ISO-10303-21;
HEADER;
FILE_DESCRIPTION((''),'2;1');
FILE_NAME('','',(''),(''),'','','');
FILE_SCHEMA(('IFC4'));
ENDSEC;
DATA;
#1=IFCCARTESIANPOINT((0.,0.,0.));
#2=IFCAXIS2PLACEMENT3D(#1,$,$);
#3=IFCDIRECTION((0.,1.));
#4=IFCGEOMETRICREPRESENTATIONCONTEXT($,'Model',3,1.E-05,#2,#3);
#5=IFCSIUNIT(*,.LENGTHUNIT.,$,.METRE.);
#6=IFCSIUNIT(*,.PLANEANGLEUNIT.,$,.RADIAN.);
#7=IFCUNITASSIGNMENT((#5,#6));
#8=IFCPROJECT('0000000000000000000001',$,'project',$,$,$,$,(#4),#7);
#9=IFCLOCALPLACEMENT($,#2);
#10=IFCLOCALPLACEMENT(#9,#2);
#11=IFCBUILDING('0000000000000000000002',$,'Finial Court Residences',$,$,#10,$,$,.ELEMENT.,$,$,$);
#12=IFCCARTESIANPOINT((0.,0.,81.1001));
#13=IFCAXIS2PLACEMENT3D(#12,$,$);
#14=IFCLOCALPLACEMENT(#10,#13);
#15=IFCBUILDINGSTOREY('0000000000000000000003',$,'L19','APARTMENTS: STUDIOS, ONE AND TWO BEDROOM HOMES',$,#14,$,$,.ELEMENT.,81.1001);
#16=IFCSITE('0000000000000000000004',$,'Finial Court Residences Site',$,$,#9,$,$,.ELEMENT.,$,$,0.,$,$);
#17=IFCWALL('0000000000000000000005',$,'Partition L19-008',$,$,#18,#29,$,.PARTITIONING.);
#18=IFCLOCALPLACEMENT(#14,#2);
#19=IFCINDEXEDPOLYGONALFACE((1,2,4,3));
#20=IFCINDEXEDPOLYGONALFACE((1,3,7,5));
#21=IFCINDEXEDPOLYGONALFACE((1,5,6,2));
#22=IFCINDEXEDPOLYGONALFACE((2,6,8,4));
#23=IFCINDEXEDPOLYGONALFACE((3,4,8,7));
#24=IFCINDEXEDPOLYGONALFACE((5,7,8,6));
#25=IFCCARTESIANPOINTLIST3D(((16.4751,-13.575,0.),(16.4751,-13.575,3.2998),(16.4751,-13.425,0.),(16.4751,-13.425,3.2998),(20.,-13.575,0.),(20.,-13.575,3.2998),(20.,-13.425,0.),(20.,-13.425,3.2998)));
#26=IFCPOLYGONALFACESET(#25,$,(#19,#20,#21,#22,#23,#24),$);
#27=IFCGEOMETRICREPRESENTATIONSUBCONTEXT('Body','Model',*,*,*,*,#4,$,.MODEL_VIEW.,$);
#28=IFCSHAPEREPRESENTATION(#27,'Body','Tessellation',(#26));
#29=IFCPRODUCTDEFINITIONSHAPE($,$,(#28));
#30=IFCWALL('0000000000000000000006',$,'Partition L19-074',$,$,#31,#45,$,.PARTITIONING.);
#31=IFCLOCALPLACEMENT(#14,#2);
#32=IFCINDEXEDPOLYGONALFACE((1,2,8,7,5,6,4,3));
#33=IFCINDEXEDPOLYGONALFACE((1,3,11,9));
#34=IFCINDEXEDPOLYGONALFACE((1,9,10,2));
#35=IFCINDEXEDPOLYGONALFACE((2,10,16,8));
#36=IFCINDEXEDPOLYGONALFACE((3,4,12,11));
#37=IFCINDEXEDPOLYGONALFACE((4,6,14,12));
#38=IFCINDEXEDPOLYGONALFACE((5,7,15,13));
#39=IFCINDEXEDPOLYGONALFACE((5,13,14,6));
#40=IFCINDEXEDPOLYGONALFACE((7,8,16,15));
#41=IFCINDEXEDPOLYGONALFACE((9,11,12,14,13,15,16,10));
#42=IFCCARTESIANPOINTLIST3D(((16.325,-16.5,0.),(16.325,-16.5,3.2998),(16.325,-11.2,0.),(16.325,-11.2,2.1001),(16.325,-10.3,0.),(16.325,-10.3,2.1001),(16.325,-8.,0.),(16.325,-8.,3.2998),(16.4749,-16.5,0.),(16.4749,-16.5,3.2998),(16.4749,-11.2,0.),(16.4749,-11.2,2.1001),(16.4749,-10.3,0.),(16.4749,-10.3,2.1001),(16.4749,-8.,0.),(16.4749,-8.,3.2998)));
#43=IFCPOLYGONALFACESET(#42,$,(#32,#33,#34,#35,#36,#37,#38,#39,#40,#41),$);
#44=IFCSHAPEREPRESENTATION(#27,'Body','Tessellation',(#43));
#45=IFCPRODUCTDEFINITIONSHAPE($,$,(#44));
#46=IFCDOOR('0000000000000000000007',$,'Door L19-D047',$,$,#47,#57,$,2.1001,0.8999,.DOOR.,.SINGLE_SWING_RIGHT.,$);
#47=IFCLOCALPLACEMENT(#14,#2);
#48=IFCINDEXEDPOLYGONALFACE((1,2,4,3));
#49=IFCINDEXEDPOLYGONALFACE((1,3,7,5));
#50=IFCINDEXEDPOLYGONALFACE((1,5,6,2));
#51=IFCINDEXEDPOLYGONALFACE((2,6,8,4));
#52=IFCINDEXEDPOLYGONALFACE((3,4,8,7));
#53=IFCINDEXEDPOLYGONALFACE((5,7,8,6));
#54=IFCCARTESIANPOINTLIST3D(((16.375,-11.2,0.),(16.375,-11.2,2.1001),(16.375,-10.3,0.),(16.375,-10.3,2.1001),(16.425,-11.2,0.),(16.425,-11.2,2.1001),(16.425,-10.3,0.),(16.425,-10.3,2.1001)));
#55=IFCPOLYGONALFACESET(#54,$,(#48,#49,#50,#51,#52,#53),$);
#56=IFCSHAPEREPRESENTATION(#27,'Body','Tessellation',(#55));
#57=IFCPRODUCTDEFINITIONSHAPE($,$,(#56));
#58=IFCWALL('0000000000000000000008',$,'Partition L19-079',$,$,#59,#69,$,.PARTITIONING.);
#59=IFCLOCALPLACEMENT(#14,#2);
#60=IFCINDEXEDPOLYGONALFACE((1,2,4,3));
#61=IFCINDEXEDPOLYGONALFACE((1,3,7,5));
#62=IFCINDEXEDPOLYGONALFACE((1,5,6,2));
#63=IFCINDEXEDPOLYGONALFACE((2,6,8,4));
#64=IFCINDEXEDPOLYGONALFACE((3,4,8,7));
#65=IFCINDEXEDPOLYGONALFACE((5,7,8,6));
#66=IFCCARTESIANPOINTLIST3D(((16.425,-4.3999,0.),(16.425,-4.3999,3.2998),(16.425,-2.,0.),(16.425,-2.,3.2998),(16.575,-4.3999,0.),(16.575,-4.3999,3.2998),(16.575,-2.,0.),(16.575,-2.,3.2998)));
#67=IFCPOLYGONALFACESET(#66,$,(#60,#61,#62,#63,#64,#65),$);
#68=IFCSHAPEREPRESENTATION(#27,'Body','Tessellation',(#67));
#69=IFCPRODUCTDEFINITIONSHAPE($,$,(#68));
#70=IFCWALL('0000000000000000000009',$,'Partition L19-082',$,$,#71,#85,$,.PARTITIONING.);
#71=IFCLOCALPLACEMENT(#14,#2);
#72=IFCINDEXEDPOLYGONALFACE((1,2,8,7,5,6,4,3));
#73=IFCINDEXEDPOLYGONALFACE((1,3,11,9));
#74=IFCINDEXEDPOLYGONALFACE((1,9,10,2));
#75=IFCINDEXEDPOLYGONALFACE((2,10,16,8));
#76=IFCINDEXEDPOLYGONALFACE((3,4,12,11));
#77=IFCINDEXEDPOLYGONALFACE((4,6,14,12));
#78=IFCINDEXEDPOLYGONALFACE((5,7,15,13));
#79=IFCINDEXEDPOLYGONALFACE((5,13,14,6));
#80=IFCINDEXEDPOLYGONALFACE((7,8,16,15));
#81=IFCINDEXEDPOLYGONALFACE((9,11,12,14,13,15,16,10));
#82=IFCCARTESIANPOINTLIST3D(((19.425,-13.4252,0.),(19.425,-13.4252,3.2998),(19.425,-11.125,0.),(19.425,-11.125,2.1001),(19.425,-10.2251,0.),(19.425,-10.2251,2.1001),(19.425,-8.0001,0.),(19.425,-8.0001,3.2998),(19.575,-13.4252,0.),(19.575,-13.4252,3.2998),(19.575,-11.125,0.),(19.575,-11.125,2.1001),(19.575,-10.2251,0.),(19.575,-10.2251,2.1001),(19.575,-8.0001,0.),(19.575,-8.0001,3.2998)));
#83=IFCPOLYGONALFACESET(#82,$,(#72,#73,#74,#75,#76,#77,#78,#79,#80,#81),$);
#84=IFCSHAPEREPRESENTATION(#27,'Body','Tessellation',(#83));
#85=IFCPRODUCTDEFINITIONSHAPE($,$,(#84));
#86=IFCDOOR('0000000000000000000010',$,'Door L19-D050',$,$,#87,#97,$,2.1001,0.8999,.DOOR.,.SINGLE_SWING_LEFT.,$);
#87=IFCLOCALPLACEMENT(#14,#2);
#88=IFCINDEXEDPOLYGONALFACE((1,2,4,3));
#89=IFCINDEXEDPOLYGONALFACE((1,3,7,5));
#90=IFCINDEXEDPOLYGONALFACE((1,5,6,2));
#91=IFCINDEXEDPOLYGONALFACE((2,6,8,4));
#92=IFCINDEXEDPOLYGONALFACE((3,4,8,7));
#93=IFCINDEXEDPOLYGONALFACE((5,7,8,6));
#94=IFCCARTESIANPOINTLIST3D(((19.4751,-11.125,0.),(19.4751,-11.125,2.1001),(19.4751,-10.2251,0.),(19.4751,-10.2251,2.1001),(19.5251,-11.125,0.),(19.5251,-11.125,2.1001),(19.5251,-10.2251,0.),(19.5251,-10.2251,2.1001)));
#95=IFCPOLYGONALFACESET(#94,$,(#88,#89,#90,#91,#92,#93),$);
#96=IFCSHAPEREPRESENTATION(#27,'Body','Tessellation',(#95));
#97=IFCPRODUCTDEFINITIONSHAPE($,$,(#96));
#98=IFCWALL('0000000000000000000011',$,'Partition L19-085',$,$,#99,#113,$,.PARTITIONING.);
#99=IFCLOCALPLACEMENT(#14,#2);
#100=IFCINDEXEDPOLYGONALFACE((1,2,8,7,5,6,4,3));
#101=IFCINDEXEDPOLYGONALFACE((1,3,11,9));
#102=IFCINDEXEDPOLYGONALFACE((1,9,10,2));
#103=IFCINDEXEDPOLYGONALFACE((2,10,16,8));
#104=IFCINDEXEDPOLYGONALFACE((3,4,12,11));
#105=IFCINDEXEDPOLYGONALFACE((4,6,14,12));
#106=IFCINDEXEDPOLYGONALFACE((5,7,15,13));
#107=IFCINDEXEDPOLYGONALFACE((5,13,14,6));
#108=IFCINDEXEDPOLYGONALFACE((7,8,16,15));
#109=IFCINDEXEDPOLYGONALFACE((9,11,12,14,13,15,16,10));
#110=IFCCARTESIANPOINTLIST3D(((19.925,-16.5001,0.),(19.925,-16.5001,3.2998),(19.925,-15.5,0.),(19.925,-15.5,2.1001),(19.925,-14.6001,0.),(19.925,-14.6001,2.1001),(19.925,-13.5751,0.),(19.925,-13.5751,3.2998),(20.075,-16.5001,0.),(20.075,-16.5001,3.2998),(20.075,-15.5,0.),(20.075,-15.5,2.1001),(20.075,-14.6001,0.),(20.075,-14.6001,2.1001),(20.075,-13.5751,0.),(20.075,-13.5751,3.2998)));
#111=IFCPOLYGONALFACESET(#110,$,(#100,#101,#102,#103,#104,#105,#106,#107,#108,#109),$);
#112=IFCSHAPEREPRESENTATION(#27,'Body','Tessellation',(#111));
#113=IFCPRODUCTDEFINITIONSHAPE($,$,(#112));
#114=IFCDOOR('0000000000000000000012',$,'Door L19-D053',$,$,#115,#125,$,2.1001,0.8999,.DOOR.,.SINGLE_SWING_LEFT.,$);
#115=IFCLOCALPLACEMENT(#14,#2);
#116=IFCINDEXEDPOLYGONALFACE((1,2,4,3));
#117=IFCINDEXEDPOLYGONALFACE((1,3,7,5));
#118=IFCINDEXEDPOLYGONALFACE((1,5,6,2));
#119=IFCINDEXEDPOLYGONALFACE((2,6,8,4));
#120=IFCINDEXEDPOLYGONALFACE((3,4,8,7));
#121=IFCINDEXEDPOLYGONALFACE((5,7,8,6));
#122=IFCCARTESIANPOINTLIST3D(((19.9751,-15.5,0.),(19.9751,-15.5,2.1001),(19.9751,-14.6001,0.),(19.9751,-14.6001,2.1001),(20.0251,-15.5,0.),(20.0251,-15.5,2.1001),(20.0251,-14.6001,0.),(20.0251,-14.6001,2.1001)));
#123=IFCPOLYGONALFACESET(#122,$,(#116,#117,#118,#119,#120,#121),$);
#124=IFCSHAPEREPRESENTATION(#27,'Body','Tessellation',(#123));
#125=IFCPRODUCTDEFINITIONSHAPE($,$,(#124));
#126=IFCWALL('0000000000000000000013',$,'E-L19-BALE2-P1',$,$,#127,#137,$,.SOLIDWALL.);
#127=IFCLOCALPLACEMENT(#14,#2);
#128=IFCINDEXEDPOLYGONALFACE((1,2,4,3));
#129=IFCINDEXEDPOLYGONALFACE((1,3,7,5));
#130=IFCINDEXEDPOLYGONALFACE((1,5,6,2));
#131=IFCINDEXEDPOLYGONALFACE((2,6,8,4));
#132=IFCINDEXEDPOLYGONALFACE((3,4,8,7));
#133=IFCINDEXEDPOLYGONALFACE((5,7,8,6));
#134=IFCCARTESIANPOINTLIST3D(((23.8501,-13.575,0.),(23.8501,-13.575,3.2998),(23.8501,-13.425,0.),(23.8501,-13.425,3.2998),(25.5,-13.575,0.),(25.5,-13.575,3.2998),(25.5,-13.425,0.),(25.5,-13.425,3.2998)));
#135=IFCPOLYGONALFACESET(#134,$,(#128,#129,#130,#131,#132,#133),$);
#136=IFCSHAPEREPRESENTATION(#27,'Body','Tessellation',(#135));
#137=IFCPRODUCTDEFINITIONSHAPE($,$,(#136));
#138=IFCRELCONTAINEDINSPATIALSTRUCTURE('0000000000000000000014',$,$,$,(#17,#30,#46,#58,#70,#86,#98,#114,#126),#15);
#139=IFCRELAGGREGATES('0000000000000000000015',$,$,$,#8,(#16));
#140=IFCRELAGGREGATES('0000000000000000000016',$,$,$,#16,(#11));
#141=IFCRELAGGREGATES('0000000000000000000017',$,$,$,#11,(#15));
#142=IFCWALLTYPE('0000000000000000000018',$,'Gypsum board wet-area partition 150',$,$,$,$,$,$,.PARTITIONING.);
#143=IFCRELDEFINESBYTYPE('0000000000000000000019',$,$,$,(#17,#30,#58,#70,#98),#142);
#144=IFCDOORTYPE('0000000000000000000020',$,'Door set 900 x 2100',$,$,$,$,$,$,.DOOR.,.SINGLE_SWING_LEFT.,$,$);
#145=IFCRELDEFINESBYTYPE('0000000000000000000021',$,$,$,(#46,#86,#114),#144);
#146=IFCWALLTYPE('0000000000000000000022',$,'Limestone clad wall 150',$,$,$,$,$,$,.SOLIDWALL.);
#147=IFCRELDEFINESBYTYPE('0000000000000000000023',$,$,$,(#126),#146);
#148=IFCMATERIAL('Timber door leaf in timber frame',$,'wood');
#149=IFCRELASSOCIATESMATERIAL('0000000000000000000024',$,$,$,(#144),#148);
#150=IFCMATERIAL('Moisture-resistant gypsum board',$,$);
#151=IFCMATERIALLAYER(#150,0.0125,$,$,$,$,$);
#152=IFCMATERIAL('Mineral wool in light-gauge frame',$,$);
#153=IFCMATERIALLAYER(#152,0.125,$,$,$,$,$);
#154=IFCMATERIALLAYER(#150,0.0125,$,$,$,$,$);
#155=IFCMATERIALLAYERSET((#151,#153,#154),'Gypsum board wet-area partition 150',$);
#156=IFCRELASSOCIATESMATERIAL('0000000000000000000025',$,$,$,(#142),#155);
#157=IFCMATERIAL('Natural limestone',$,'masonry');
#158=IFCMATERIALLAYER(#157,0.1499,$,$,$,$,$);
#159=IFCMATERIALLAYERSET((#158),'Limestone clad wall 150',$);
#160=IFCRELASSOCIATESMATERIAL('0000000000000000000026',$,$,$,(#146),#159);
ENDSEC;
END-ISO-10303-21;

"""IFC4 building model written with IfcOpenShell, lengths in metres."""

from ifc_helpers import new_model, si_unit, direction, frame, frame_2d, origin, place, context, subcontext, project, spatial, rectangle, extrude, material, layer, layer_set, type_object, element, fill, save


model = new_model("IFC4")

# Units and contexts
model_context = context("Model", 3, precision=1e-05, world=origin(), true_north=direction((0.0, 1.0)))
body_context = subcontext(model_context, "Body", "Model", "MODEL_VIEW")
ifc_project = project(units=[si_unit("LENGTHUNIT", "METRE"), si_unit("PLANEANGLEUNIT", "RADIAN")], contexts=[model_context])

# Site, building, storey
site_placement = place(None, origin())
site = spatial("IfcSite", under=ifc_project, at=site_placement, Name="Finial Court Residences Site", CompositionType="ELEMENT", RefElevation=0.0)
building_placement = place(site_placement, origin())
building = spatial("IfcBuilding", under=site, at=building_placement, Name="Finial Court Residences", CompositionType="ELEMENT")
storey_placement = place(building_placement, frame((0.0, 0.0, 81.1001)))
storey = spatial("IfcBuildingStorey", under=building, at=storey_placement, Name="L19", Description="APARTMENTS: STUDIOS, ONE AND TWO BEDROOM HOMES", CompositionType="ELEMENT", Elevation=81.1001)

# Shared definitions
ifc_material_1 = material(Name="Mineral wool in light-gauge frame")
ifc_material_2 = material(Name="Timber door leaf in timber frame", Category="wood")
door_type_1 = type_object("IfcDoorType", Name="Door set 900 x 2100", OperationType="SINGLE_SWING_LEFT", PredefinedType="DOOR", material=ifc_material_2)

# Wall
ifc_material_3 = material(Name="Moisture-resistant gypsum board")
ifc_layer_1 = layer(ifc_material_3, 0.0125)
ifc_layer_2 = layer(ifc_material_1, 0.125)
ifc_layer_3 = layer(ifc_material_3, 0.0125)
ifc_layer_set_1 = layer_set([ifc_layer_1, ifc_layer_2, ifc_layer_3], Name="Gypsum board wet-area partition 150")
wall_type_1 = type_object("IfcWallType", Name="Gypsum board wet-area partition 150", PredefinedType="PARTITIONING", material=ifc_layer_set_1)
wall_1_placement = place(storey_placement, frame((16.4751, -13.5, 0.0), z_axis=(0.0, 0.0, 1.0), x_axis=(1.0, 0.0, 0.0)))
element("IfcWall", 1, at=wall_1_placement, inside=storey, type_object=wall_type_1, Name="Partition L19-008", PredefinedType="PARTITIONING", context=body_context, shape_type="SweptSolid", body=[
    extrude(rectangle(XDim=3.5249, YDim=0.1499, at=frame_2d((1.7625, 0.0))), origin(), (0.0, 0.0, 1.0), 3.2998),
])

# Wall, opening, door
wall_2_placement = place(storey_placement, frame((16.3999, -16.5, 0.0), z_axis=(0.0, 0.0, 1.0), x_axis=(0.0, 1.0, 0.0)))
wall_2 = element("IfcWall", 2, at=wall_2_placement, inside=storey, type_object=wall_type_1, Name="Partition L19-074", PredefinedType="PARTITIONING", context=body_context, shape_type="SweptSolid", body=[
    extrude(rectangle(XDim=8.5, YDim=0.1499, at=frame_2d((4.25, 0.0))), origin(), (0.0, 0.0, 1.0), 3.2998),
])
opening_1_placement = place(wall_2_placement, frame((5.3, 0.0, 0.0)))
opening_1 = element("IfcOpeningElement", 3, at=opening_1_placement, cuts=wall_2, PredefinedType="OPENING", context=body_context, shape_type="SweptSolid", body=[
    extrude(rectangle(XDim=0.8999, YDim=2.1001, at=frame_2d((0.45, 1.05))), frame((0.0, 0.085, 0.0), z_axis=(0.0, -1.0, 0.0), x_axis=(1.0, 0.0, 0.0)), (0.0, 0.0, 1.0), 0.1699),
])
door_1_placement = place(opening_1_placement, origin())
door_1 = element("IfcDoor", 4, at=door_1_placement, inside=storey, type_object=door_type_1, Name="Door L19-D047", OperationType="SINGLE_SWING_RIGHT", OverallHeight=2.1001, OverallWidth=0.8999, PredefinedType="DOOR", context=body_context, shape_type="SweptSolid", body=[
    extrude(rectangle(XDim=0.8999, YDim=2.1001, at=frame_2d((0.45, 1.05))), frame((0.0, 0.0249, 0.0), z_axis=(0.0, -1.0, 0.0), x_axis=(1.0, 0.0, 0.0)), (0.0, 0.0, 1.0), 0.05),
])
fill(opening_1, door_1)

# Wall
wall_3_placement = place(storey_placement, frame((16.5, -4.3999, 0.0), z_axis=(0.0, 0.0, 1.0), x_axis=(0.0, 1.0, 0.0)))
element("IfcWall", 5, at=wall_3_placement, inside=storey, type_object=wall_type_1, Name="Partition L19-079", PredefinedType="PARTITIONING", context=body_context, shape_type="SweptSolid", body=[
    extrude(rectangle(XDim=2.3999, YDim=0.1499, at=frame_2d((1.2, 0.0))), origin(), (0.0, 0.0, 1.0), 3.2998),
])

# Walls, openings, doors
wall_4_placement = place(storey_placement, frame((19.5, -13.425, 0.0), z_axis=(0.0, 0.0, 1.0), x_axis=(0.0, 1.0, 0.0)))
wall_4 = element("IfcWall", 6, at=wall_4_placement, inside=storey, type_object=wall_type_1, Name="Partition L19-082", PredefinedType="PARTITIONING", context=body_context, shape_type="SweptSolid", body=[
    extrude(rectangle(XDim=5.425, YDim=0.1499, at=frame_2d((2.7124, 0.0))), origin(), (0.0, 0.0, 1.0), 3.2998),
])
opening_2_placement = place(wall_4_placement, frame((2.3, 0.0, 0.0)))
opening_2 = element("IfcOpeningElement", 7, at=opening_2_placement, cuts=wall_4, PredefinedType="OPENING", context=body_context, shape_type="SweptSolid", body=[
    extrude(rectangle(XDim=0.8999, YDim=2.1001, at=frame_2d((0.45, 1.05))), frame((0.0, 0.085, 0.0), z_axis=(0.0, -1.0, 0.0), x_axis=(1.0, 0.0, 0.0)), (0.0, 0.0, 1.0), 0.1699),
])
door_2_placement = place(opening_2_placement, origin())
door_2 = element("IfcDoor", 8, at=door_2_placement, inside=storey, type_object=door_type_1, Name="Door L19-D050", OperationType="SINGLE_SWING_LEFT", OverallHeight=2.1001, OverallWidth=0.8999, PredefinedType="DOOR", context=body_context, shape_type="SweptSolid", body=[
    extrude(rectangle(XDim=0.8999, YDim=2.1001, at=frame_2d((0.45, 1.05))), frame((0.0, 0.0249, 0.0), z_axis=(0.0, -1.0, 0.0), x_axis=(1.0, 0.0, 0.0)), (0.0, 0.0, 1.0), 0.05),
])
fill(opening_2, door_2)
wall_5_placement = place(storey_placement, frame((20.0, -16.5, 0.0), z_axis=(0.0, 0.0, 1.0), x_axis=(0.0, 1.0, 0.0)))
wall_5 = element("IfcWall", 9, at=wall_5_placement, inside=storey, type_object=wall_type_1, Name="Partition L19-085", PredefinedType="PARTITIONING", context=body_context, shape_type="SweptSolid", body=[
    extrude(rectangle(XDim=2.925, YDim=0.1499, at=frame_2d((1.4624, 0.0))), origin(), (0.0, 0.0, 1.0), 3.2998),
])
opening_3_placement = place(wall_5_placement, frame((1.0, 0.0, 0.0)))
opening_3 = element("IfcOpeningElement", 10, at=opening_3_placement, cuts=wall_5, PredefinedType="OPENING", context=body_context, shape_type="SweptSolid", body=[
    extrude(rectangle(XDim=0.8999, YDim=2.1001, at=frame_2d((0.45, 1.05))), frame((0.0, 0.085, 0.0), z_axis=(0.0, -1.0, 0.0), x_axis=(1.0, 0.0, 0.0)), (0.0, 0.0, 1.0), 0.1699),
])
door_3_placement = place(opening_3_placement, origin())
door_3 = element("IfcDoor", 11, at=door_3_placement, inside=storey, type_object=door_type_1, Name="Door L19-D053", OperationType="SINGLE_SWING_LEFT", OverallHeight=2.1001, OverallWidth=0.8999, PredefinedType="DOOR", context=body_context, shape_type="SweptSolid", body=[
    extrude(rectangle(XDim=0.8999, YDim=2.1001, at=frame_2d((0.45, 1.05))), frame((0.0, 0.0249, 0.0), z_axis=(0.0, -1.0, 0.0), x_axis=(1.0, 0.0, 0.0)), (0.0, 0.0, 1.0), 0.05),
])
fill(opening_3, door_3)

# Wall
ifc_material_4 = material(Name="Natural limestone", Category="masonry")
ifc_layer_4 = layer(ifc_material_4, 0.1499)
ifc_layer_set_2 = layer_set([ifc_layer_4], Name="Limestone clad wall 150")
wall_type_2 = type_object("IfcWallType", Name="Limestone clad wall 150", PredefinedType="SOLIDWALL", material=ifc_layer_set_2)
wall_6_placement = place(storey_placement, frame((23.8501, -13.5, 0.0), z_axis=(0.0, 0.0, 1.0), x_axis=(1.0, 0.0, 0.0)))
element("IfcWall", 12, at=wall_6_placement, inside=storey, type_object=wall_type_2, Name="E-L19-BALE2-P1", PredefinedType="SOLIDWALL", context=body_context, shape_type="SweptSolid", body=[
    extrude(rectangle(XDim=1.6499, YDim=0.1499, at=frame_2d((0.825, 0.0))), origin(), (0.0, 0.0, 1.0), 3.2998),
])

save(model, "model.ifc")
